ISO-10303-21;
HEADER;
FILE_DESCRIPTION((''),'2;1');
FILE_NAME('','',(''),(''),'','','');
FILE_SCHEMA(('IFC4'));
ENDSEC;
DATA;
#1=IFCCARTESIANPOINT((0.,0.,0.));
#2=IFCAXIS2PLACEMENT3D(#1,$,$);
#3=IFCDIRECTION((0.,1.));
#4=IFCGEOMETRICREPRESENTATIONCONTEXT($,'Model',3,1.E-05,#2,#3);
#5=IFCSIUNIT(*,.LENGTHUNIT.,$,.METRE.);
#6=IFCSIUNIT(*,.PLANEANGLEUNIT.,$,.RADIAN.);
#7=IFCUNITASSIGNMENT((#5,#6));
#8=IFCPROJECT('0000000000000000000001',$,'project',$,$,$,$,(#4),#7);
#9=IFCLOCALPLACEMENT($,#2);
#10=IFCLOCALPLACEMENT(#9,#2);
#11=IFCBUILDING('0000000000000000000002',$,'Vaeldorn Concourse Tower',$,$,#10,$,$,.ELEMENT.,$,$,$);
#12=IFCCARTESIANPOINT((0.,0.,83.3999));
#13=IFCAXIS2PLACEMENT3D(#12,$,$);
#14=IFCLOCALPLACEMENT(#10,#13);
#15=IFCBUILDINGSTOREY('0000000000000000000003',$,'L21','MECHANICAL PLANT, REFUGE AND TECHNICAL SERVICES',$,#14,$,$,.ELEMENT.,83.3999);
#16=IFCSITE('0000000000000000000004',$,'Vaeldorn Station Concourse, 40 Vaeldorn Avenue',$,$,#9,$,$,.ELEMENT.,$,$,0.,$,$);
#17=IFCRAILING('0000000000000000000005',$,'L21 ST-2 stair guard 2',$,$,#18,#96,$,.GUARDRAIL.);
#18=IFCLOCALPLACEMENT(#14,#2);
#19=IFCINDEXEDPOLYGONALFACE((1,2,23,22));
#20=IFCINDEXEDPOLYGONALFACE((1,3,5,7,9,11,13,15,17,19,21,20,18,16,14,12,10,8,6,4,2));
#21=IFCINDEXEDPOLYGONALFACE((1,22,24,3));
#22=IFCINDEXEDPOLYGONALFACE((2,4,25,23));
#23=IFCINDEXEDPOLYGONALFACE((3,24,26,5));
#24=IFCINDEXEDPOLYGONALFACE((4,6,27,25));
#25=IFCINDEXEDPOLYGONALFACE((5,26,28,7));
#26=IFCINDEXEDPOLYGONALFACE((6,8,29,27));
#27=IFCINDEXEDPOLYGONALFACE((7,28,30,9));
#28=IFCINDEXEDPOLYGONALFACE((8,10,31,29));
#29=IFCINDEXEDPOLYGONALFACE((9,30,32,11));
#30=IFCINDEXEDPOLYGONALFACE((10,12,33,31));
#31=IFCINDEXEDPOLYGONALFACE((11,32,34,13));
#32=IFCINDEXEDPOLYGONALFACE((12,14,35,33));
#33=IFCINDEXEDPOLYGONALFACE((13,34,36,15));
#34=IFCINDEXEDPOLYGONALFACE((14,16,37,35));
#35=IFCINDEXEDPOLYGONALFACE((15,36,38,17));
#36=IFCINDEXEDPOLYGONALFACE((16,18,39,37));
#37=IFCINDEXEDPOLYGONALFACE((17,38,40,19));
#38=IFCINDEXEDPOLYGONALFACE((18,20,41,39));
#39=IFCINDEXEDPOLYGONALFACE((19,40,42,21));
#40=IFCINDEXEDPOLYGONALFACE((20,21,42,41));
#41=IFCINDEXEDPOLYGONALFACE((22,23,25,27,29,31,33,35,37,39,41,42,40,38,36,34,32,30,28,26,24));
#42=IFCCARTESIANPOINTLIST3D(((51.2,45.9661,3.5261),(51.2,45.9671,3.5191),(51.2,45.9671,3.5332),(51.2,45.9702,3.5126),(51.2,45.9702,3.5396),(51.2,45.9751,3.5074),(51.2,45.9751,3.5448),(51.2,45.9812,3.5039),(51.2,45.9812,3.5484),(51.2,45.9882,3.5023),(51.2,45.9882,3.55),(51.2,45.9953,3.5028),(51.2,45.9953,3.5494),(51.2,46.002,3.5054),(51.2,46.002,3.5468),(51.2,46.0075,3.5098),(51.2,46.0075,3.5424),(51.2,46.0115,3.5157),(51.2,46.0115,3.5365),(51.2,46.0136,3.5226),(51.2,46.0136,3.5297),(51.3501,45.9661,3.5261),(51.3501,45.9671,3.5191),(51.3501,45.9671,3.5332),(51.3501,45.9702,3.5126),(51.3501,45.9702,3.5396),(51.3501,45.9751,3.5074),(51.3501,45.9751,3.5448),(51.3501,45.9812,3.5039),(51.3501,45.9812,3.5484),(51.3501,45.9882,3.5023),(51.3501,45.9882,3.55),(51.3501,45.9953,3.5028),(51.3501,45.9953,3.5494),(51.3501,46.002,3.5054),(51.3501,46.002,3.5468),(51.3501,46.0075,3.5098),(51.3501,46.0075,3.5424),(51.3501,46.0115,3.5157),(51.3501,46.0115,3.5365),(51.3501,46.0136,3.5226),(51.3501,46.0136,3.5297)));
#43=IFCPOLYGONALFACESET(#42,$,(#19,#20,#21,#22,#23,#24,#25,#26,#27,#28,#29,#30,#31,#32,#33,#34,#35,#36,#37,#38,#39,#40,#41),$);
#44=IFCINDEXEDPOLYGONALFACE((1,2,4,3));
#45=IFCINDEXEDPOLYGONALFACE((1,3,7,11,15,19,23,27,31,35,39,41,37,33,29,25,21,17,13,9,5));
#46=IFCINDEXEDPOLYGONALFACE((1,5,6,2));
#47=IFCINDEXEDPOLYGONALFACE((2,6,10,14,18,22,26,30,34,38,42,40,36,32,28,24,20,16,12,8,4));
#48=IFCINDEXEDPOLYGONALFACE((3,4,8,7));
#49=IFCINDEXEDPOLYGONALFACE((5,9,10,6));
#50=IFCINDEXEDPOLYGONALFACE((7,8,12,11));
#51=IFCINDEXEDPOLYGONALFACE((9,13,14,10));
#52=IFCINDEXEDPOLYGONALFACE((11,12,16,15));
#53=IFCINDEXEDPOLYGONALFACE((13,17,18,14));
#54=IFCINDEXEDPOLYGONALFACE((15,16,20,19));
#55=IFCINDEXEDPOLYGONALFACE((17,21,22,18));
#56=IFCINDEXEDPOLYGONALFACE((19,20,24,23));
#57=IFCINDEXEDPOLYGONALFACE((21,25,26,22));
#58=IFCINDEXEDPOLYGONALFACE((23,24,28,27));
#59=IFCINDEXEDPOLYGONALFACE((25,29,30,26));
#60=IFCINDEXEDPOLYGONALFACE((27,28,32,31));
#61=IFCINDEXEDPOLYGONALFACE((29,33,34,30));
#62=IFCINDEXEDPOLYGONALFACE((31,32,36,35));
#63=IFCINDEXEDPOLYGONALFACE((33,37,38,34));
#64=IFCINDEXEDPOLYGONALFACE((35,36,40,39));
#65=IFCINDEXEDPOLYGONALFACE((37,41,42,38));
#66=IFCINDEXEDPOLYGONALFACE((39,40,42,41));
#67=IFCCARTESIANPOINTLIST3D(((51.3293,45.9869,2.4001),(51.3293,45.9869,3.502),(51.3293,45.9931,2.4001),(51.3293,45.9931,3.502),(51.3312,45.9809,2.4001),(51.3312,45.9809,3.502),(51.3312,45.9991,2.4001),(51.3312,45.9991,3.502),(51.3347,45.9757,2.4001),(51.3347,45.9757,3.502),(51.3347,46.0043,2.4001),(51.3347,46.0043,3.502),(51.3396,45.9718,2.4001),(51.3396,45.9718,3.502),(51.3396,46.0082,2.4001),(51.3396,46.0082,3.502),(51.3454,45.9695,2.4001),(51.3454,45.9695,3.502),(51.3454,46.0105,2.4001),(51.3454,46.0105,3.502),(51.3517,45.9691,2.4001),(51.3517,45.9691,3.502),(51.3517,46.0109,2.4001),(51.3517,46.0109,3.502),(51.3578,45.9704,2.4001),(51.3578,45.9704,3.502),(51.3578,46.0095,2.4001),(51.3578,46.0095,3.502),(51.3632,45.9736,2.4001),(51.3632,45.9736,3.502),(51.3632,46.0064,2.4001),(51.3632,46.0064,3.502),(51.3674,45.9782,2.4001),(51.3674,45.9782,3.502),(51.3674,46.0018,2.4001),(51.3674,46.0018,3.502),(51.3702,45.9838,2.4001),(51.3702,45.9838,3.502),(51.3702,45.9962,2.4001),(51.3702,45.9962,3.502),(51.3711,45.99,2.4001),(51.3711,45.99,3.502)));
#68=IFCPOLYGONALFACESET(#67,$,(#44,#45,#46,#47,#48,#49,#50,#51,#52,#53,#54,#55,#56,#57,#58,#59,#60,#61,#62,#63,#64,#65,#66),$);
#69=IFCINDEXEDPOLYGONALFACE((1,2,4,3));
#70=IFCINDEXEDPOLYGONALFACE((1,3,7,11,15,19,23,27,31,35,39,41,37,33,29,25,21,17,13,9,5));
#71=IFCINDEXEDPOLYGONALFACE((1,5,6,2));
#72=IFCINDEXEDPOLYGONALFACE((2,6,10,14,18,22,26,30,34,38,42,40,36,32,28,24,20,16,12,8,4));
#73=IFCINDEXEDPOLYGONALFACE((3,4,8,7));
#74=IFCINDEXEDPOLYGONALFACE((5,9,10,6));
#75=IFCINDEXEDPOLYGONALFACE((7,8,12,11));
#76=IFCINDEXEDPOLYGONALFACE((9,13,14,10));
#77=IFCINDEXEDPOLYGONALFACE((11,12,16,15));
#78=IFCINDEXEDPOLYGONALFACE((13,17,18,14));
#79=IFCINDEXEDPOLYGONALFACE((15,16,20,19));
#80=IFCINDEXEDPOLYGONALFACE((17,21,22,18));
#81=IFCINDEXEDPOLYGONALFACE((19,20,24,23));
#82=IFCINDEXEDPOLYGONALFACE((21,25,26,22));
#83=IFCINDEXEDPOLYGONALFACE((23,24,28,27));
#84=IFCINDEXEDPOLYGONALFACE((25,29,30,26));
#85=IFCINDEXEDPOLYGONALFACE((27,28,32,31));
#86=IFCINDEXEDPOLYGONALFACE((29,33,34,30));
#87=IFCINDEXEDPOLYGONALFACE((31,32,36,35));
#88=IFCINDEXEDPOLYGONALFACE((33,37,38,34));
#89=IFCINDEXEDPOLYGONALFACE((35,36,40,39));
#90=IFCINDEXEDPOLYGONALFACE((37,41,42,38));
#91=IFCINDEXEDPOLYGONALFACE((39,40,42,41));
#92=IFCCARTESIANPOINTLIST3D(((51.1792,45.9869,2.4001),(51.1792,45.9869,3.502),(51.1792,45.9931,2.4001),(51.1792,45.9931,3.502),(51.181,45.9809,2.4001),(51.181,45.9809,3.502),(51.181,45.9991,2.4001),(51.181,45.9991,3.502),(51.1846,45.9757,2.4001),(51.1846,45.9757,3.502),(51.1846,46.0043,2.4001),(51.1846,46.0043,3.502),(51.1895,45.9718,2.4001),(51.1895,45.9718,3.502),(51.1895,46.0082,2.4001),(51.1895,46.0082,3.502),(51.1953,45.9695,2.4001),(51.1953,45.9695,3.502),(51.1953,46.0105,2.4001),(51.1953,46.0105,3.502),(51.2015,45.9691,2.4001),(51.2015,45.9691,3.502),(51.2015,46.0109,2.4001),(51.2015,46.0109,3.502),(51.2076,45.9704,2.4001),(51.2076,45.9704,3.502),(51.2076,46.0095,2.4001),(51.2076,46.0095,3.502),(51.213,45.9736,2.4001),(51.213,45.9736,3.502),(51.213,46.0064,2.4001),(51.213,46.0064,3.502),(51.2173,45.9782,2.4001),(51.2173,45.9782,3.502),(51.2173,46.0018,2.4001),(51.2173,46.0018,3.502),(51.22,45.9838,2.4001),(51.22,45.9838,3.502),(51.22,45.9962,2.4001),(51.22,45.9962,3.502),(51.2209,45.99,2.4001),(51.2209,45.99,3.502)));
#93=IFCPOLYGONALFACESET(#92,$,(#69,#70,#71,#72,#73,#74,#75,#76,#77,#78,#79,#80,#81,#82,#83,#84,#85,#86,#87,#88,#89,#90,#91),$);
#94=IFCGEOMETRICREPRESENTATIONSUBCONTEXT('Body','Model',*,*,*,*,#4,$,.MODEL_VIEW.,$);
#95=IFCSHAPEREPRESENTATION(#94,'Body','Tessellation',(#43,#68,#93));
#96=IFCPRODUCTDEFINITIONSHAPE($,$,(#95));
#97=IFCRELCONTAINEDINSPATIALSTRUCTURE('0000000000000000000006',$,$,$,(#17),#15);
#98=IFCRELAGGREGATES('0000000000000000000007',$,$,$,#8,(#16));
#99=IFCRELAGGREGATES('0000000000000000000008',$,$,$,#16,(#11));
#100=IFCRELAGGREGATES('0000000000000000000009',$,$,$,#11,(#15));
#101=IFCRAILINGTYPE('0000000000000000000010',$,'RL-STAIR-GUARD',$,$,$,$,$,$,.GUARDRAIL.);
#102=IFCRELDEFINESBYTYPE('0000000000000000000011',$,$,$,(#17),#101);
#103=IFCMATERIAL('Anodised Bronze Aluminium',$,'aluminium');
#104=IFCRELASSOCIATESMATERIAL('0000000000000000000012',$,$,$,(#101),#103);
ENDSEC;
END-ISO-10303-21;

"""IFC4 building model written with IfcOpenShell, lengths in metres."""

from ifc_helpers import new_model, si_unit, direction, frame, origin, origin_2d, place, context, subcontext, project, spatial, circle, extrude, material, type_object, element, save


model = new_model("IFC4")

# Units and contexts
model_context = context("Model", 3, precision=1e-05, world=origin(), true_north=direction((0.0, 1.0)))
body_context = subcontext(model_context, "Body", "Model", "MODEL_VIEW")
ifc_project = project(units=[si_unit("LENGTHUNIT", "METRE"), si_unit("PLANEANGLEUNIT", "RADIAN")], contexts=[model_context])

# Site, building, storey
site_placement = place(None, origin())
site = spatial("IfcSite", under=ifc_project, at=site_placement, Name="Vaeldorn Station Concourse, 40 Vaeldorn Avenue", CompositionType="ELEMENT", RefElevation=0.0)
building_placement = place(site_placement, origin())
building = spatial("IfcBuilding", under=site, at=building_placement, Name="Vaeldorn Concourse Tower", CompositionType="ELEMENT")
storey_placement = place(building_placement, frame((0.0, 0.0, 83.3999)))
storey = spatial("IfcBuildingStorey", under=building, at=storey_placement, Name="L21", Description="MECHANICAL PLANT, REFUGE AND TECHNICAL SERVICES", CompositionType="ELEMENT", Elevation=83.3999)

# Railing
ifc_material_1 = material(Name="Anodised Bronze Aluminium", Category="aluminium")
railing_type_1 = type_object("IfcRailingType", Name="RL-STAIR-GUARD", PredefinedType="GUARDRAIL", material=ifc_material_1)
railing_1_placement = place(storey_placement, frame((51.3501, 45.99, 2.4001)))
element("IfcRailing", 1, at=railing_1_placement, inside=storey, type_object=railing_type_1, Name="L21 ST-2 stair guard 2", PredefinedType="GUARDRAIL", context=body_context, shape_type="SweptSolid", body=[
    extrude(circle(Radius=0.0239, at=origin_2d()), frame((0.0, 0.0, 1.126), z_axis=(-1.0, 0.0, 0.0), x_axis=(0.0, -1.0, 0.0)), (0.0, 0.0, 1.0), 0.1501),
    extrude(circle(Radius=0.021, at=origin_2d()), origin(), (0.0, 0.0, 1.0), 1.1018),
    extrude(circle(Radius=0.021, at=origin_2d()), frame((-0.1501, 0.0, 0.0)), (0.0, 0.0, 1.0), 1.1018),
])

save(model, "model.ifc")
